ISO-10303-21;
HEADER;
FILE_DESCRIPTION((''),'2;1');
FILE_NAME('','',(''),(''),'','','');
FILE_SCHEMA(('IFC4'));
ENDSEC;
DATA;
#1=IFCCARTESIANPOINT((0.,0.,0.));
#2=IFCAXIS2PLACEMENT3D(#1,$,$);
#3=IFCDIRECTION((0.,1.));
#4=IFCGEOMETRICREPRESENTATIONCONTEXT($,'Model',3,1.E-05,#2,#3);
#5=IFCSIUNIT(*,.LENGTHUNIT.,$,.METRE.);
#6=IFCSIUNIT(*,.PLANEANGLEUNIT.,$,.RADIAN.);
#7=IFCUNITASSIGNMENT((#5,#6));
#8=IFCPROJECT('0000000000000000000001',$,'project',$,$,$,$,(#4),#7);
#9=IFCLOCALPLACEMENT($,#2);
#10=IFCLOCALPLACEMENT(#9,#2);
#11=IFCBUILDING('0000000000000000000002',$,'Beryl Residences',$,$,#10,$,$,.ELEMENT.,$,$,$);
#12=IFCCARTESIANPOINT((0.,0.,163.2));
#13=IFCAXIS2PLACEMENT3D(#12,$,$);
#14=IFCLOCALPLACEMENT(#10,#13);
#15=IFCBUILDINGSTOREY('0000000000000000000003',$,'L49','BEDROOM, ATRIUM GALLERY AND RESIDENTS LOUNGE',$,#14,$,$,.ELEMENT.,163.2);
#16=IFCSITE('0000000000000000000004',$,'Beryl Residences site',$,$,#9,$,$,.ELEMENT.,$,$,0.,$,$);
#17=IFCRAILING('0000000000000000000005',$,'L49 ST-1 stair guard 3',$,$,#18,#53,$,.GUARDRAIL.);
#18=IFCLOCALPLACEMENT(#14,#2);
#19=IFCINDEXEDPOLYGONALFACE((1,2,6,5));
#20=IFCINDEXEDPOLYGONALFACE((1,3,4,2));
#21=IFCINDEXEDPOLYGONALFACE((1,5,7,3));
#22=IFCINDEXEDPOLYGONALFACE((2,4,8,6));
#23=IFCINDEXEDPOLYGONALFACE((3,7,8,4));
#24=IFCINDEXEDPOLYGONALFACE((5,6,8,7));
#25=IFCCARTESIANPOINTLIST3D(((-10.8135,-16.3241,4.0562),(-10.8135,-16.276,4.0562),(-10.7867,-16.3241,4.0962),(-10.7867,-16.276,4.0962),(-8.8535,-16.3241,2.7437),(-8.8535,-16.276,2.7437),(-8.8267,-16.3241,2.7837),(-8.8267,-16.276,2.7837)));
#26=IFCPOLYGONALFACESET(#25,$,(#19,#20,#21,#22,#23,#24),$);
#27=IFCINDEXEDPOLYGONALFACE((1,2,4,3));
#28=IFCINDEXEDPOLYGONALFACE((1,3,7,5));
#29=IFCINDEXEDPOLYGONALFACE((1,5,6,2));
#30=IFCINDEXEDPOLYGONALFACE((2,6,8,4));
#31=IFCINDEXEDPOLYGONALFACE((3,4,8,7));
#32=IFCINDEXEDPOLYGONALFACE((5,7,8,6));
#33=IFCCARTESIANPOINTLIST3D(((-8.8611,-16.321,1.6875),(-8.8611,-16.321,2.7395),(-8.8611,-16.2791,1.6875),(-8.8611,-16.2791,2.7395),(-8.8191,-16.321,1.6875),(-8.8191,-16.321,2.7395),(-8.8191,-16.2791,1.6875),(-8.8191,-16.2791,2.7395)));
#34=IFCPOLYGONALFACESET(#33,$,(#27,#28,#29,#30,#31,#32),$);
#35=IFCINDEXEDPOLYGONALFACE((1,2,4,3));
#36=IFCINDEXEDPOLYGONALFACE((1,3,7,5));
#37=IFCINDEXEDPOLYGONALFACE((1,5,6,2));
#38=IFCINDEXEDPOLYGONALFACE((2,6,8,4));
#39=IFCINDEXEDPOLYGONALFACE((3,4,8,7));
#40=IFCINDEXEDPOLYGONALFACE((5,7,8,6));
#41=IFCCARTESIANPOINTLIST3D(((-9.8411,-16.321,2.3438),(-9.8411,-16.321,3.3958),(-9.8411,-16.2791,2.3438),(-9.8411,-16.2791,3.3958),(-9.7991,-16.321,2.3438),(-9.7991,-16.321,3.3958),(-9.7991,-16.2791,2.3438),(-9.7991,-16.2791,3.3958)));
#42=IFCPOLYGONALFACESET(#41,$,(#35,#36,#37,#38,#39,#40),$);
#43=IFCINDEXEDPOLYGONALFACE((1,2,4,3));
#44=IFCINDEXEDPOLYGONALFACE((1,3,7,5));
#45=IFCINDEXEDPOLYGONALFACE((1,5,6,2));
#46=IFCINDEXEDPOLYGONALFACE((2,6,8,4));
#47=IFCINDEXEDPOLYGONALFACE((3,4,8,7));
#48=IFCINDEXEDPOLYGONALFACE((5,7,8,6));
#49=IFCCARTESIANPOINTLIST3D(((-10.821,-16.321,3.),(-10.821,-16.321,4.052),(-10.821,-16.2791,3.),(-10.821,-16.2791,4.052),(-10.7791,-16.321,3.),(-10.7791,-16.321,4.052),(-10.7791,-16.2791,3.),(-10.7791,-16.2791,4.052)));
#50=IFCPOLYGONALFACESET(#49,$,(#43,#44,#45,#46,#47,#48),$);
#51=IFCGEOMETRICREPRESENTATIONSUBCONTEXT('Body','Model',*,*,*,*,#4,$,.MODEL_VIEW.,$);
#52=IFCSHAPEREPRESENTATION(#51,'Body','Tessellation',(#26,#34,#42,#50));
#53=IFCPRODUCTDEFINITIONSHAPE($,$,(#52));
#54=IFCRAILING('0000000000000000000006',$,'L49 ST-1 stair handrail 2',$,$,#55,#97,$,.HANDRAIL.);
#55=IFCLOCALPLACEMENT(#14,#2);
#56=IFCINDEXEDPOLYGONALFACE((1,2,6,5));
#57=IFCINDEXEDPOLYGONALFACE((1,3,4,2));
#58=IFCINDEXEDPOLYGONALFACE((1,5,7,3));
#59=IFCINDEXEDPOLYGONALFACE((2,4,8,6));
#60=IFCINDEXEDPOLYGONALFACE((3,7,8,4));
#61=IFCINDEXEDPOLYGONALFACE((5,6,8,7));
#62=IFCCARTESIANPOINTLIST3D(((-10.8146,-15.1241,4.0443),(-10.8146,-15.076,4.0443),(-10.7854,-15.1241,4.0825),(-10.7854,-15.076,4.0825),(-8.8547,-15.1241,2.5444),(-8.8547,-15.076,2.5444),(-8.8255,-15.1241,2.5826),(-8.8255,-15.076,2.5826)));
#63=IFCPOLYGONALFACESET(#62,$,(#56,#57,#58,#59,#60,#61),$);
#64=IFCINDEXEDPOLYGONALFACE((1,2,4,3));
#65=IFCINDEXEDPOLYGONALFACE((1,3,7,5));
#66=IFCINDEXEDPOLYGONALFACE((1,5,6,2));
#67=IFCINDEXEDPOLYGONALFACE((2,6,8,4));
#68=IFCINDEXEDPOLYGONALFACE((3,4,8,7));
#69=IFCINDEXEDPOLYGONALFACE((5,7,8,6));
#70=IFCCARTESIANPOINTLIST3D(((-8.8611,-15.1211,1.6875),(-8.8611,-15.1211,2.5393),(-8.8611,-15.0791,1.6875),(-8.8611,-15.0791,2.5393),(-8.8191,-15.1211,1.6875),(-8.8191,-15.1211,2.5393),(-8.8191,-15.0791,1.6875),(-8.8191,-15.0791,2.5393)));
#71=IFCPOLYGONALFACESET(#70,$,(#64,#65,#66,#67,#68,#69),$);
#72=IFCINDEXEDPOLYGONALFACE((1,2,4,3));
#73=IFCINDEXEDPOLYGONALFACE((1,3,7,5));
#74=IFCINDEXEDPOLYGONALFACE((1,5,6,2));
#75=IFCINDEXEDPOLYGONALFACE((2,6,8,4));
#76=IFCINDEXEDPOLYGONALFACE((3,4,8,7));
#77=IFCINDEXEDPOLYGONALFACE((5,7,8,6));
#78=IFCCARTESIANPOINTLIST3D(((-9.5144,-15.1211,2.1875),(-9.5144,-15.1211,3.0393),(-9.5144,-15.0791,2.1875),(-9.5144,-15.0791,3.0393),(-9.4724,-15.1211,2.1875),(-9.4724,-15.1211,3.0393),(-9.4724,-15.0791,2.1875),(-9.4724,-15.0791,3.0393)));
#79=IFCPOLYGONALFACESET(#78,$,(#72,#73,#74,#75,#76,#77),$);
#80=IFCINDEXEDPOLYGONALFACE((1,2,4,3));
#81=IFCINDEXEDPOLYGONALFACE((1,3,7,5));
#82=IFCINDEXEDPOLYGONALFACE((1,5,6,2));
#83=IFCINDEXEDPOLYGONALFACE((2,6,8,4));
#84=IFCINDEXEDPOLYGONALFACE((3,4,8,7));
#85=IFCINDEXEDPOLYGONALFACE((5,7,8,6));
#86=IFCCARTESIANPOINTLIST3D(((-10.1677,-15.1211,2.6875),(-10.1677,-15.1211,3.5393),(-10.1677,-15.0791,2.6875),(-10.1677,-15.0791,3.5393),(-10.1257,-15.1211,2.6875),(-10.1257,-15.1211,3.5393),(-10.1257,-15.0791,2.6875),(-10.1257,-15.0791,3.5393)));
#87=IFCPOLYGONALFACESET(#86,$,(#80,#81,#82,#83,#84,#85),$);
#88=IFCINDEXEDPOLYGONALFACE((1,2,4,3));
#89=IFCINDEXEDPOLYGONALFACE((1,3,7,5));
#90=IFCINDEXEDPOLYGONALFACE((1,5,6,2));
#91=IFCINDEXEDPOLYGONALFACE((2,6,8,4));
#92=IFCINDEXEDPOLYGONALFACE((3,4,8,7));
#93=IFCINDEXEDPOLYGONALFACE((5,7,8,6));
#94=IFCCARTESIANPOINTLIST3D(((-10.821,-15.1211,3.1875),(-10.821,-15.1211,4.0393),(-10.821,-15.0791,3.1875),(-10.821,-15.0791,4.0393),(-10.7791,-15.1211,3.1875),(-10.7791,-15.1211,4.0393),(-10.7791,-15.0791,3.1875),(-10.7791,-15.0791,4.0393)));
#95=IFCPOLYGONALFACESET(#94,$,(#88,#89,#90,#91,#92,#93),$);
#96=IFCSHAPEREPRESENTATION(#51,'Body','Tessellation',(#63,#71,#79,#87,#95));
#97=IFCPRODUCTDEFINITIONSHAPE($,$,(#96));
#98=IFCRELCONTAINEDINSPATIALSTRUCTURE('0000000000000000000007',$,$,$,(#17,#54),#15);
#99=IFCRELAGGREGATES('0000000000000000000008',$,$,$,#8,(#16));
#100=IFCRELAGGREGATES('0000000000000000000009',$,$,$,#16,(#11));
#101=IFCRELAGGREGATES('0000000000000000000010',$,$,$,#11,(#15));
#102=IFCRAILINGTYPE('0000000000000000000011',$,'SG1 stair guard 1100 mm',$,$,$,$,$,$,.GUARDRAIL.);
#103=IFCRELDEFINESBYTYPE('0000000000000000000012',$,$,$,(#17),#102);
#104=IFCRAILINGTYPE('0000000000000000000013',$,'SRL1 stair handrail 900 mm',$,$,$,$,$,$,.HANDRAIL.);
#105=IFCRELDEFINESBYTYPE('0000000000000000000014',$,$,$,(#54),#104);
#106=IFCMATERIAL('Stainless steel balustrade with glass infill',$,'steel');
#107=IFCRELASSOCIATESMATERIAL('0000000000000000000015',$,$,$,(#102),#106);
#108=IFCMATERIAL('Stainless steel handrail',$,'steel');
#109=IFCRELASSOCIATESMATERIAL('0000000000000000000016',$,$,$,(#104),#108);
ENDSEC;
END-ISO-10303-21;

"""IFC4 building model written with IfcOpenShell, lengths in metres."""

from ifc_helpers import new_model, si_unit, direction, frame, origin, origin_2d, place, context, subcontext, project, spatial, rectangle, extrude, material, type_object, element, save


model = new_model("IFC4")

# Units and contexts
model_context = context("Model", 3, precision=1e-05, world=origin(), true_north=direction((0.0, 1.0)))
body_context = subcontext(model_context, "Body", "Model", "MODEL_VIEW")
ifc_project = project(units=[si_unit("LENGTHUNIT", "METRE"), si_unit("PLANEANGLEUNIT", "RADIAN")], contexts=[model_context])

# Site, building, storey
site_placement = place(None, origin())
site = spatial("IfcSite", under=ifc_project, at=site_placement, Name="Beryl Residences site", CompositionType="ELEMENT", RefElevation=0.0)
building_placement = place(site_placement, origin())
building = spatial("IfcBuilding", under=site, at=building_placement, Name="Beryl Residences", CompositionType="ELEMENT")
storey_placement = place(building_placement, frame((0.0, 0.0, 163.2)))
storey = spatial("IfcBuildingStorey", under=building, at=storey_placement, Name="L49", Description="BEDROOM, ATRIUM GALLERY AND RESIDENTS LOUNGE", CompositionType="ELEMENT", Elevation=163.2)

# Railings
ifc_material_1 = material(Name="Stainless steel balustrade with glass infill", Category="steel")
railing_type_1 = type_object("IfcRailingType", Name="SG1 stair guard 1100 mm", PredefinedType="GUARDRAIL", material=ifc_material_1)
railing_1_placement = place(storey_placement, frame((-8.8401, -16.3, 1.6875)))
element("IfcRailing", 1, at=railing_1_placement, inside=storey, type_object=railing_type_1, Name="L49 ST-1 stair guard 3", PredefinedType="GUARDRAIL", context=body_context, shape_type="SweptSolid", body=[
    extrude(rectangle(XDim=0.0481, YDim=0.0481, at=origin_2d()), frame((0.0, 0.0, 1.0762), z_axis=(-0.830902, 0.0, 0.556419), x_axis=(0.0, -1.0, 0.0)), (0.0, 0.0, 1.0), 2.3589),
    extrude(rectangle(XDim=0.042, YDim=0.042, at=origin_2d()), origin(), (0.0, 0.0, 1.0), 1.052),
    extrude(rectangle(XDim=0.042, YDim=0.042, at=origin_2d()), frame((-0.98, 0.0, 0.6562)), (0.0, 0.0, 1.0), 1.052),
    extrude(rectangle(XDim=0.042, YDim=0.042, at=origin_2d()), frame((-1.96, 0.0, 1.3125)), (0.0, 0.0, 1.0), 1.052),
])
ifc_material_2 = material(Name="Stainless steel handrail", Category="steel")
railing_type_2 = type_object("IfcRailingType", Name="SRL1 stair handrail 900 mm", PredefinedType="HANDRAIL", material=ifc_material_2)
railing_2_placement = place(storey_placement, frame((-8.8401, -15.1001, 1.6875)))
element("IfcRailing", 2, at=railing_2_placement, inside=storey, type_object=railing_type_2, Name="L49 ST-1 stair handrail 2", PredefinedType="HANDRAIL", context=body_context, shape_type="SweptSolid", body=[
    extrude(rectangle(XDim=0.0481, YDim=0.0481, at=origin_2d()), frame((0.0, 0.0, 0.876), z_axis=(-0.794122, 0.0, 0.607758), x_axis=(0.0, -1.0, 0.0)), (0.0, 0.0, 1.0), 2.468),
    extrude(rectangle(XDim=0.042, YDim=0.042, at=origin_2d()), origin(), (0.0, 0.0, 1.0), 0.8518),
    extrude(rectangle(XDim=0.042, YDim=0.042, at=origin_2d()), frame((-0.6533, 0.0, 0.5)), (0.0, 0.0, 1.0), 0.8518),
    extrude(rectangle(XDim=0.042, YDim=0.042, at=origin_2d()), frame((-1.3066, 0.0, 1.0)), (0.0, 0.0, 1.0), 0.8518),
    extrude(rectangle(XDim=0.042, YDim=0.042, at=origin_2d()), frame((-1.96, 0.0, 1.5)), (0.0, 0.0, 1.0), 0.8518),
])

save(model, "model.ifc")
